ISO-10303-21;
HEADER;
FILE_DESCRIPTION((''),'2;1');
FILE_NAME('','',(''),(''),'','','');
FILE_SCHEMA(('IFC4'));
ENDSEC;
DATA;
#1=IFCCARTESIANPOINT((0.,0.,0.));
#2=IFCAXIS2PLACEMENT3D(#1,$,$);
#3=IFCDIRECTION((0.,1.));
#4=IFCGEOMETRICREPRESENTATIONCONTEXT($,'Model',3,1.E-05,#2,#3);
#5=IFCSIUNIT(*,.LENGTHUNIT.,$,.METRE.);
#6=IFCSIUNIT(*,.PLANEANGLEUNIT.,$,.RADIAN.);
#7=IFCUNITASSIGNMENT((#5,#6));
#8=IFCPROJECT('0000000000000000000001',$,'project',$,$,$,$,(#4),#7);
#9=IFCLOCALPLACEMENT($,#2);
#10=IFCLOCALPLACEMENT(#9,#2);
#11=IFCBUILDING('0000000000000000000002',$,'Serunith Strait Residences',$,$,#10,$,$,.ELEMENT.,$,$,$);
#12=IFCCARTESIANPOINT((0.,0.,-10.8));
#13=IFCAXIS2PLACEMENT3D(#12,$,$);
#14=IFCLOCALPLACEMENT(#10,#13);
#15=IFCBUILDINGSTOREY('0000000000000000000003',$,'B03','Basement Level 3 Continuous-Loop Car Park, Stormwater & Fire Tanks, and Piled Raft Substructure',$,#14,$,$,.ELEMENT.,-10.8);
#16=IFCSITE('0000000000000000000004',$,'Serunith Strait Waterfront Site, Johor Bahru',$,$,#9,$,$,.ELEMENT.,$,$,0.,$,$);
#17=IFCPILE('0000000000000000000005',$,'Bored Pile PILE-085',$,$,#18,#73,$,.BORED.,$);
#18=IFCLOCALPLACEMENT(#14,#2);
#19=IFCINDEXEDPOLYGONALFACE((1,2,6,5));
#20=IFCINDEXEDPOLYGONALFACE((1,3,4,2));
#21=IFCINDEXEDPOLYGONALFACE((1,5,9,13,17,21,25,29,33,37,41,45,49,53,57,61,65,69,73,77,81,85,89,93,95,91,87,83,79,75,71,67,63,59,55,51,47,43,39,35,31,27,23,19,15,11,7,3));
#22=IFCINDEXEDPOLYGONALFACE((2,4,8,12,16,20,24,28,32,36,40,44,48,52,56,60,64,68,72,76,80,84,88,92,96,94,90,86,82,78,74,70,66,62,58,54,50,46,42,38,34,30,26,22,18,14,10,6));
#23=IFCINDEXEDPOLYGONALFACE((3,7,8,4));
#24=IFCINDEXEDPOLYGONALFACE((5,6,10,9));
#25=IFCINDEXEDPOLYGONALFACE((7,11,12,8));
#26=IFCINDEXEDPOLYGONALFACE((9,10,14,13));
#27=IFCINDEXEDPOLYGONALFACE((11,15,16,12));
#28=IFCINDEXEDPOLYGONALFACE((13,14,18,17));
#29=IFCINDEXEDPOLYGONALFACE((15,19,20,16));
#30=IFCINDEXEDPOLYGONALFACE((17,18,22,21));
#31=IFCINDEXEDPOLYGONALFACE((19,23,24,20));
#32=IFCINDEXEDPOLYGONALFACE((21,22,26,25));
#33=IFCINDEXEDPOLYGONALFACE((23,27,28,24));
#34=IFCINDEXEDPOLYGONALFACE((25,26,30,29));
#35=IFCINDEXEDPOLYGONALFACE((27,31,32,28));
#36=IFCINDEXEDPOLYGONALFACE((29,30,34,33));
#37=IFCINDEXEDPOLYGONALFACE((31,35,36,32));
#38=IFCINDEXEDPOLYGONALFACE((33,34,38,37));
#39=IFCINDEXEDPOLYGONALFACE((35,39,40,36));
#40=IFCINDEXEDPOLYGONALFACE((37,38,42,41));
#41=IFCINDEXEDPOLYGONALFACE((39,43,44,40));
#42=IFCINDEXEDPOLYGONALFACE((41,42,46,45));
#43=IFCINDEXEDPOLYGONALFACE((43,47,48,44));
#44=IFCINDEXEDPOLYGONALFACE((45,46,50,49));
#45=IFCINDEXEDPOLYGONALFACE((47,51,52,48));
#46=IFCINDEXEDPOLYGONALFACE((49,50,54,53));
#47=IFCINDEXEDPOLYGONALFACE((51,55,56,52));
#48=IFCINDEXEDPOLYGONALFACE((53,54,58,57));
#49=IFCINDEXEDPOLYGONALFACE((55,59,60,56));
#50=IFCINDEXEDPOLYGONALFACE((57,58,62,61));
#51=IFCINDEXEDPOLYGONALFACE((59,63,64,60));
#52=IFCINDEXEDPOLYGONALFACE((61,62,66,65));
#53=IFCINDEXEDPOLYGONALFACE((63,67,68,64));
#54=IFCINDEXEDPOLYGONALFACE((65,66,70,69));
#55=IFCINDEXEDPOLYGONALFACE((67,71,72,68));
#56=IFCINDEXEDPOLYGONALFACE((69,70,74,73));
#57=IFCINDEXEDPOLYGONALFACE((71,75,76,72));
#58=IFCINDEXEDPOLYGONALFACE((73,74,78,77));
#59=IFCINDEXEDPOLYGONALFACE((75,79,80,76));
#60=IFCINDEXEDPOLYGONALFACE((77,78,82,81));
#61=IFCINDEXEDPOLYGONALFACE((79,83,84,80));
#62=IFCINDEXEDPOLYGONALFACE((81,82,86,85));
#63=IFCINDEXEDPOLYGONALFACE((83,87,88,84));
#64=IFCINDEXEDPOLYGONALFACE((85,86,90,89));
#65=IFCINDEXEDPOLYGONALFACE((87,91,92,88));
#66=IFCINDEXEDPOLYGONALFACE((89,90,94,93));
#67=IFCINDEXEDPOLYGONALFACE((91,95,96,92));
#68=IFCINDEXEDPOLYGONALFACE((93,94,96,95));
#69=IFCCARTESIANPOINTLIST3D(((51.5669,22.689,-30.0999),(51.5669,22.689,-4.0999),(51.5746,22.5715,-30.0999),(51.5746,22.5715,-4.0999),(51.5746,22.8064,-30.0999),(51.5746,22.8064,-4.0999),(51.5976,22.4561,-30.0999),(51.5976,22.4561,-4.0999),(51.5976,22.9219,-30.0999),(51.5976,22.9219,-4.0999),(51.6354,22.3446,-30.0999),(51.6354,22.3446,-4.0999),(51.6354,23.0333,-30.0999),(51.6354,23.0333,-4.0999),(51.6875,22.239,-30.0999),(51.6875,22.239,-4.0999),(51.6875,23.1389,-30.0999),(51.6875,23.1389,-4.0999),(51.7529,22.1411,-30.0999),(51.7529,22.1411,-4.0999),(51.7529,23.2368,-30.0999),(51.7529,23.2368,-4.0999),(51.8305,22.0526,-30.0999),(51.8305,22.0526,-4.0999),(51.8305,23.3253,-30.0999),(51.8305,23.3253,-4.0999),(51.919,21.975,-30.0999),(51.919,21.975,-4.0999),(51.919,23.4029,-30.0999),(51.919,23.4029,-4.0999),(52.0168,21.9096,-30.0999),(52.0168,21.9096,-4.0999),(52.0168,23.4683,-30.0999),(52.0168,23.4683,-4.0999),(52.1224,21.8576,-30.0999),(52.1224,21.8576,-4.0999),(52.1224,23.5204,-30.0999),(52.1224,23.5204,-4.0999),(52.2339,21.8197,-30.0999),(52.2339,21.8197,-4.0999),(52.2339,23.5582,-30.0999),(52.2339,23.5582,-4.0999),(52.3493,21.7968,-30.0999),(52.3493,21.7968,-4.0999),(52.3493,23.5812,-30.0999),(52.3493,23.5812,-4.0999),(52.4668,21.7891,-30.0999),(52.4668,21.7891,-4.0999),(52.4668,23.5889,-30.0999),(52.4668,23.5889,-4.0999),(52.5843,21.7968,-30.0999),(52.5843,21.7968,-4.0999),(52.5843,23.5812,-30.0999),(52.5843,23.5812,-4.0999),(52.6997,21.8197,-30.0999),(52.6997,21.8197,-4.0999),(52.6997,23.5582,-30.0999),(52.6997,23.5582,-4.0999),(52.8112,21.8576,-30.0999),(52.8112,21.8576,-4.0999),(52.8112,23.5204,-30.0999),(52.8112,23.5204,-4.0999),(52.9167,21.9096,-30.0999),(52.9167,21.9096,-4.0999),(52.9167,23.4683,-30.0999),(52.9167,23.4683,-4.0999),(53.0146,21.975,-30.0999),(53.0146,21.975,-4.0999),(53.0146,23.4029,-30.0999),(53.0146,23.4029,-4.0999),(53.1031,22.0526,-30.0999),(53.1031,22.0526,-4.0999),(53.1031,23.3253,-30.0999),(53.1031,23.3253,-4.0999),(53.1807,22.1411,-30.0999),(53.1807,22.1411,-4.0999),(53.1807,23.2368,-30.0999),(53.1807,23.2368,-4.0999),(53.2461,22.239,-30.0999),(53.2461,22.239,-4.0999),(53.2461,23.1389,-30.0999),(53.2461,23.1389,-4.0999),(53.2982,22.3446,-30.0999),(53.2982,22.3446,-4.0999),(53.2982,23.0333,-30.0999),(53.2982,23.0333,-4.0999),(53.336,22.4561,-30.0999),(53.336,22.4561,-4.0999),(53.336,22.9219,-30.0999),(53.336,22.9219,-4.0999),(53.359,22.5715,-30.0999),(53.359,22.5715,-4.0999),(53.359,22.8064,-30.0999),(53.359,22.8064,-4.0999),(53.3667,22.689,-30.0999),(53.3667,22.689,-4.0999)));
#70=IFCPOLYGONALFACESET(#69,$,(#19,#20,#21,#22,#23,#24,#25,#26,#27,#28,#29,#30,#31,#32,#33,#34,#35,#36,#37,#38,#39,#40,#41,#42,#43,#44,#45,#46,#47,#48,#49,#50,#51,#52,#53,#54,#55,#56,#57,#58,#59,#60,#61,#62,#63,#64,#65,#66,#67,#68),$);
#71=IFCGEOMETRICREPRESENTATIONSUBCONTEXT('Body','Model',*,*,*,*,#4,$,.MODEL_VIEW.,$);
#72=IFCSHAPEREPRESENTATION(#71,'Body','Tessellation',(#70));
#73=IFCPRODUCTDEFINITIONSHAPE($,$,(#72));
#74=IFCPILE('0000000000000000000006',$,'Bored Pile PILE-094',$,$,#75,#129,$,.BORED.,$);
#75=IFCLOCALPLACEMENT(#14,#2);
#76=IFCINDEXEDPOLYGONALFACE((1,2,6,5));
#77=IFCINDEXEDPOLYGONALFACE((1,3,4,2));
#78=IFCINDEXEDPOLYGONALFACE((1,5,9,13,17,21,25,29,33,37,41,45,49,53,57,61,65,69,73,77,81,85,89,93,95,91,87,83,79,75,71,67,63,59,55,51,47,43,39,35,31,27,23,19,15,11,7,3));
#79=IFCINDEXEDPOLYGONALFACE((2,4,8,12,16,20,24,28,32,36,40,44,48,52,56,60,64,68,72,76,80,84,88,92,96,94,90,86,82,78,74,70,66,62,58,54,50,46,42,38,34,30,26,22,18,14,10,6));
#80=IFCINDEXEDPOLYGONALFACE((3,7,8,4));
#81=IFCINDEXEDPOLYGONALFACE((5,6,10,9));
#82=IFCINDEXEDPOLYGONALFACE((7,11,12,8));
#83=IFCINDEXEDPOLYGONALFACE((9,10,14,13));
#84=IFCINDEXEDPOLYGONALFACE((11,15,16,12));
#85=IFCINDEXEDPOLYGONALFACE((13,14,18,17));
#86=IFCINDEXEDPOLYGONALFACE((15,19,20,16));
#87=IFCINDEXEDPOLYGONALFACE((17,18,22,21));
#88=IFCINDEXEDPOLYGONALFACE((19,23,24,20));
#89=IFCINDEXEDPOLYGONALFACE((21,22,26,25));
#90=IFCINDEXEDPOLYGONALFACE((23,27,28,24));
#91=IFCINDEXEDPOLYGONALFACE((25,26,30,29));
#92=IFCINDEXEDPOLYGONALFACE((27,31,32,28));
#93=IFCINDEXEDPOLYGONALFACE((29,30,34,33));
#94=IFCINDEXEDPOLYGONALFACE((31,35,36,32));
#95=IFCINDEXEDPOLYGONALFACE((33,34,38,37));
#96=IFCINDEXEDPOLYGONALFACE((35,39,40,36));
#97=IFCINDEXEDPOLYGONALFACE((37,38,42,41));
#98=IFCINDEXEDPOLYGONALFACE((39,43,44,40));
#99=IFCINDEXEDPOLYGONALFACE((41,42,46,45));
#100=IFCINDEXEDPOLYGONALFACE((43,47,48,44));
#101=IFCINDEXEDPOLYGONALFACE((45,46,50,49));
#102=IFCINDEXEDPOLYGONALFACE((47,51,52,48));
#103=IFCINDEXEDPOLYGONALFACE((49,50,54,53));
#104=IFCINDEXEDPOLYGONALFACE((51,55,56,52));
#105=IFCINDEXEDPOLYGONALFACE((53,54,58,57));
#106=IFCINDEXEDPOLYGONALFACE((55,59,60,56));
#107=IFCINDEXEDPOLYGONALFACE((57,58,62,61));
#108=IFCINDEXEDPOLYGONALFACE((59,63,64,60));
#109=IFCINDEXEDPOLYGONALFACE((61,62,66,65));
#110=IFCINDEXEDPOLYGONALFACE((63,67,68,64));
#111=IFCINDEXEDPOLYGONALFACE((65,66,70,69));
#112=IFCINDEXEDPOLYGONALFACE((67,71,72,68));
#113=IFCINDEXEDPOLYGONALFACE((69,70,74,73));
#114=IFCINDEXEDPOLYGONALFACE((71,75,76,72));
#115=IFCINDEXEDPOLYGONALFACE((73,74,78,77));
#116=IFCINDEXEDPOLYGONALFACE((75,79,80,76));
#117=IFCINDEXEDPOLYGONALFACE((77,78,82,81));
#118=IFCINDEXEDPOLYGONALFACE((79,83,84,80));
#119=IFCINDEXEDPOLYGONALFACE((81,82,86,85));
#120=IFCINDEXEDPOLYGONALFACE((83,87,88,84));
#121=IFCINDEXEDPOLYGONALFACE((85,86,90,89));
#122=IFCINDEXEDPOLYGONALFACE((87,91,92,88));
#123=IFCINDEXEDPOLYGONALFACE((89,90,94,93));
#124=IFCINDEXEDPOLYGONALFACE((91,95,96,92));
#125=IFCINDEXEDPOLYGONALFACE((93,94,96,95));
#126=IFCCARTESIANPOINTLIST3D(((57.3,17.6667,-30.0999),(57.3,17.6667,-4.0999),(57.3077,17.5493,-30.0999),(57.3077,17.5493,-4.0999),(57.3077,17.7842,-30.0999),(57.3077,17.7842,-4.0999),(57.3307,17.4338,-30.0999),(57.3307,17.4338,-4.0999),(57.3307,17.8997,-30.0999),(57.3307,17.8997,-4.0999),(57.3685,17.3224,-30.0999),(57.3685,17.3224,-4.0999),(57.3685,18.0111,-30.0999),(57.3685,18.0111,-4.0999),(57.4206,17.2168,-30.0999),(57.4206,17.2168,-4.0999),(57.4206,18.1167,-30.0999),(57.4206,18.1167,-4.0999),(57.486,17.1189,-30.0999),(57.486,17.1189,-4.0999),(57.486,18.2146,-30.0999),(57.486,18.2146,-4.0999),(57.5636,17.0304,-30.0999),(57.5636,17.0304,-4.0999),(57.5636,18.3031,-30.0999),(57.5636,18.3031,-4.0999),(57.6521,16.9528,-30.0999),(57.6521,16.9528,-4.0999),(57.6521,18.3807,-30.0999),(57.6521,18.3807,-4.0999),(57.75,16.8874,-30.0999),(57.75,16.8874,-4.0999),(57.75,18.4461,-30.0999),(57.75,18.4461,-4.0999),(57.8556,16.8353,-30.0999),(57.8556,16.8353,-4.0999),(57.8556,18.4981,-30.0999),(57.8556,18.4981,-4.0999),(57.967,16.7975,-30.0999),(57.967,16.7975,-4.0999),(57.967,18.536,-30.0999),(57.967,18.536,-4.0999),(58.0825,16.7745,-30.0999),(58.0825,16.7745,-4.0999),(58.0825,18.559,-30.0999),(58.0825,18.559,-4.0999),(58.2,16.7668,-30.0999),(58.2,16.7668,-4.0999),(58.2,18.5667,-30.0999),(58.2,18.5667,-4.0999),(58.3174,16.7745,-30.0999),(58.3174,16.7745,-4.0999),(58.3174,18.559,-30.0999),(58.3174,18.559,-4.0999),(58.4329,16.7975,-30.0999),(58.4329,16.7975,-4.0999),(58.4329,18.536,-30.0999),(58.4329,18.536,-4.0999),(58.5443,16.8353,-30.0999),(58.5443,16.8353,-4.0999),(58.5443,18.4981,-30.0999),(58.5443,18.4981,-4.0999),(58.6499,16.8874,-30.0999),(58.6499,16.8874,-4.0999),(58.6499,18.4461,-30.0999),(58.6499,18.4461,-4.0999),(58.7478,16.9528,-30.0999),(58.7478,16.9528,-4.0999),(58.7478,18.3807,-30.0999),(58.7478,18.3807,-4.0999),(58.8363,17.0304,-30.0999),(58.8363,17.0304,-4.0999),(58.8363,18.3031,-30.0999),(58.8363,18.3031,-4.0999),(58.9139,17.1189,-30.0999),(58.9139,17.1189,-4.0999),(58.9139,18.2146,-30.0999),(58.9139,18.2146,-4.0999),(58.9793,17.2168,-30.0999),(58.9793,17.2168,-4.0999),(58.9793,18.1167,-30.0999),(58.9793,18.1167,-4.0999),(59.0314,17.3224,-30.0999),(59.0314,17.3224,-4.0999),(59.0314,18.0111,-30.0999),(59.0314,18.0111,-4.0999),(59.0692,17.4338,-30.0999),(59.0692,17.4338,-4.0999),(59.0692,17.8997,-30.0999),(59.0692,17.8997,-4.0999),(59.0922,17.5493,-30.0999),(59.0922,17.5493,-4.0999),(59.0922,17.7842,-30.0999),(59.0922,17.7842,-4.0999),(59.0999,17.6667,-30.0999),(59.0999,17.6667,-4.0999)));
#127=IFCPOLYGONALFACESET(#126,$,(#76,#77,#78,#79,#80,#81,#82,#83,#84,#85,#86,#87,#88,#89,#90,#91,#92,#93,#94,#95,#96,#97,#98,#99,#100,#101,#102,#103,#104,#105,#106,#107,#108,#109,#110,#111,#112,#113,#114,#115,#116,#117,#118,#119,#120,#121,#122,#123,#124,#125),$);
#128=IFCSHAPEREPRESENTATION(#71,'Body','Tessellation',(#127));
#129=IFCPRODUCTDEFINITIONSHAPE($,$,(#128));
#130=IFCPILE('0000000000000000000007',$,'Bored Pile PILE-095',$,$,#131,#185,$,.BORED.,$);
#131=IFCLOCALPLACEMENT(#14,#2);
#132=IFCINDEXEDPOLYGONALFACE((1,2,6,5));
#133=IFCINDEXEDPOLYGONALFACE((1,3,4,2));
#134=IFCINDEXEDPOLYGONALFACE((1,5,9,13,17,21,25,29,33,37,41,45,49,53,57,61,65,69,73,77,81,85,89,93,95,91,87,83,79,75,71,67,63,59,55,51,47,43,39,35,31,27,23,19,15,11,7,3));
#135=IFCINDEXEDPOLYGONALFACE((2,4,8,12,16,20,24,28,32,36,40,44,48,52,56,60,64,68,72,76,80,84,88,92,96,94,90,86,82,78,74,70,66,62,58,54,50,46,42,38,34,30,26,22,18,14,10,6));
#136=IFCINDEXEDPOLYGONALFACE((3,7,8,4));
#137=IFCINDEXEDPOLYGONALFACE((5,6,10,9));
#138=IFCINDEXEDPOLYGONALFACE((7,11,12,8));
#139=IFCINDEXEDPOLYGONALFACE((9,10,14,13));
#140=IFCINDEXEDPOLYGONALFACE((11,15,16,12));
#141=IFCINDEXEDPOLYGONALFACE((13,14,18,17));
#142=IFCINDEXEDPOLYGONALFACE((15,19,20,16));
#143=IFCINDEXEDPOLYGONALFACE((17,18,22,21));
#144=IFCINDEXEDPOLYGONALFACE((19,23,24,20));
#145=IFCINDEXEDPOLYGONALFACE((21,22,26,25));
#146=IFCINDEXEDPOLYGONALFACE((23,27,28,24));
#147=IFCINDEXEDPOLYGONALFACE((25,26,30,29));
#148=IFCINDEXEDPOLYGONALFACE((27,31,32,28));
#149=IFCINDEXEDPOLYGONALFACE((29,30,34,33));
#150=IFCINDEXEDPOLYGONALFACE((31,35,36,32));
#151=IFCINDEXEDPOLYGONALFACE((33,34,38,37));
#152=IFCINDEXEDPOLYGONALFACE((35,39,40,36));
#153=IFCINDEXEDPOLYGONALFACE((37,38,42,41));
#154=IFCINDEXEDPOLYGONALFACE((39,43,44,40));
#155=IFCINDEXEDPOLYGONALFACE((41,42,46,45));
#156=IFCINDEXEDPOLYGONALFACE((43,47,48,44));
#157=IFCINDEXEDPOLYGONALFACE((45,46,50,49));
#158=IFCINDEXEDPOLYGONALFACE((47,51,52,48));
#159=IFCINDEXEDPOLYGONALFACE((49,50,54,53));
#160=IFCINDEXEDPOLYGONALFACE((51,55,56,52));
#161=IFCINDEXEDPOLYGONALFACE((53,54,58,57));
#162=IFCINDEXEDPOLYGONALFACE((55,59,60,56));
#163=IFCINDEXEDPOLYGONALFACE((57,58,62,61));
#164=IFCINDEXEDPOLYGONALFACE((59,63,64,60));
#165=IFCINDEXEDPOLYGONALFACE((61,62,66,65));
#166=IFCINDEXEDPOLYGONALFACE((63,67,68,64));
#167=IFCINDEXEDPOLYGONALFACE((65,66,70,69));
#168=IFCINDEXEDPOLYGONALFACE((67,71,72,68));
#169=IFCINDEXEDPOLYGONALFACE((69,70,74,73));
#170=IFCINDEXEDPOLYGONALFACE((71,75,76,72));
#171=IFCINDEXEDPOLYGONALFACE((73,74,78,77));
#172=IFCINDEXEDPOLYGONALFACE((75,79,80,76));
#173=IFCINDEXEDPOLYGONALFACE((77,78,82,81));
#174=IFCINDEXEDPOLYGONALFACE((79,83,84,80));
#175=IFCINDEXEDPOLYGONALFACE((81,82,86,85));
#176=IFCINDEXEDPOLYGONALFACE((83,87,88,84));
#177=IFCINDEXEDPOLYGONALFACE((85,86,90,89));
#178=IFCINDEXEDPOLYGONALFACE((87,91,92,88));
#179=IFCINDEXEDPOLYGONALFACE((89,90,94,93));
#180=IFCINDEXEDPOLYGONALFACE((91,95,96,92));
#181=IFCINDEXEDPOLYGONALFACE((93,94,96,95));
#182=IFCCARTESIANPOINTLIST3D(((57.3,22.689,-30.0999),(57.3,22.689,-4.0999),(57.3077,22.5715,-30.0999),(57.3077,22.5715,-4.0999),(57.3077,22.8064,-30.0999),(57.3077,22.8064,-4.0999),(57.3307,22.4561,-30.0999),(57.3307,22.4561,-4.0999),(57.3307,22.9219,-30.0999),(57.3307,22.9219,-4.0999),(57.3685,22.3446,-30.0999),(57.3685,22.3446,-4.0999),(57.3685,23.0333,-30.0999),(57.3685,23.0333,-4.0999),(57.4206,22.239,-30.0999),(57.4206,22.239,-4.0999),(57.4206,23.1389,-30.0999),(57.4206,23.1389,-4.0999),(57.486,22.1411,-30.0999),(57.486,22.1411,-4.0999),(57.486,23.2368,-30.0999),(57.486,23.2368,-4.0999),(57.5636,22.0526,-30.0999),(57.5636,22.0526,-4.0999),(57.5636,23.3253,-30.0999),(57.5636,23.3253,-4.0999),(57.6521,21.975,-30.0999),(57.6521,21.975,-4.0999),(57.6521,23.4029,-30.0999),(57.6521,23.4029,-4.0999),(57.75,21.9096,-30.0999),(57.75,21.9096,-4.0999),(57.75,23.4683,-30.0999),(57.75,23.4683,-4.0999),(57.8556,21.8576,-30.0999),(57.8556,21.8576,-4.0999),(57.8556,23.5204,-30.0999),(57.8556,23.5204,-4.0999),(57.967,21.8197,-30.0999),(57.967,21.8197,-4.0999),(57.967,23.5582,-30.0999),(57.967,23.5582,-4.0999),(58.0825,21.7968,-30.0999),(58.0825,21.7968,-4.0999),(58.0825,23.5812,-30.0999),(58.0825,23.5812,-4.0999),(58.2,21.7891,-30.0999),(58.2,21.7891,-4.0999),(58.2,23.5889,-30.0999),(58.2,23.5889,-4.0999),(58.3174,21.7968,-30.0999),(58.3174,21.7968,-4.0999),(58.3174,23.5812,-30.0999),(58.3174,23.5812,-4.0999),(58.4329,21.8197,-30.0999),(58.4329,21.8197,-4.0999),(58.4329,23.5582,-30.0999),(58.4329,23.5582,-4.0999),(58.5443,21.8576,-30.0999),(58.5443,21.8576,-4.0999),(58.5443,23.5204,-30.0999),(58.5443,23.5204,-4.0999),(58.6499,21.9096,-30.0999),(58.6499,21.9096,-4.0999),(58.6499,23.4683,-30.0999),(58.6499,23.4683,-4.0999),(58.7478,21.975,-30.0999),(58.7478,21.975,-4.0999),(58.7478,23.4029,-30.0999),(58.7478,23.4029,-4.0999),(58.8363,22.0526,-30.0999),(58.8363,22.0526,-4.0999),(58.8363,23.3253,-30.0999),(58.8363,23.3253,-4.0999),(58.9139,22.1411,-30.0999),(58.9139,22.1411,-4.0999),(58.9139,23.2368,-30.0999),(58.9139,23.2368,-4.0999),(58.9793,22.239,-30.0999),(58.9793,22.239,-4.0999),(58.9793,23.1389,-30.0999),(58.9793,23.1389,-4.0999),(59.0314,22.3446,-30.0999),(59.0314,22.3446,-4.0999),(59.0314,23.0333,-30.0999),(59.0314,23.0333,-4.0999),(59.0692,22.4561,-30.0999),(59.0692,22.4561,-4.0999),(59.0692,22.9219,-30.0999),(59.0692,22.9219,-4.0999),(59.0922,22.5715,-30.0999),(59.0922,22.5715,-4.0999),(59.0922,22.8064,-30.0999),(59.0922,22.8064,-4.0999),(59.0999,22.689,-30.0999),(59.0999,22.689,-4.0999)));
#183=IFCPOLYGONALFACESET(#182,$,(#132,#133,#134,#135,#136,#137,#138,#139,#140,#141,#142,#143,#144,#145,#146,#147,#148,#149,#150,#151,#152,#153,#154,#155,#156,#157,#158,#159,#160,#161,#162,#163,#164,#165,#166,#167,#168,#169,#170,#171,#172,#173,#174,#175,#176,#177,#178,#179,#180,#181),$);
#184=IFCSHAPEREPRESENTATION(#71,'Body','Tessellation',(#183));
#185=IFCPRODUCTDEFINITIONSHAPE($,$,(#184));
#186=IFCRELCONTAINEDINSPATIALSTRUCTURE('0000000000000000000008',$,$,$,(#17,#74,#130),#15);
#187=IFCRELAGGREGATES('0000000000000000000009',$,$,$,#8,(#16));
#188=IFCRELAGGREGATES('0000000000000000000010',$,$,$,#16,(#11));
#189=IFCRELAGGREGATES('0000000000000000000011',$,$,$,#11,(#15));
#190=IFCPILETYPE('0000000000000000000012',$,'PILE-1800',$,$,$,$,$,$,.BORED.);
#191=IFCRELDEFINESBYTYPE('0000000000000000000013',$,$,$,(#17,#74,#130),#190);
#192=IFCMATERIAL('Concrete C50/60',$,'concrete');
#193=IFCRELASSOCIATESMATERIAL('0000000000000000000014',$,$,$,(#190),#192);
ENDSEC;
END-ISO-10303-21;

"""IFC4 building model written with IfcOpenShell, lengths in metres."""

from ifc_helpers import new_model, si_unit, direction, frame, origin, origin_2d, place, context, subcontext, project, spatial, circle, extrude, source, transform, mapped, material, material_profile, profile_set, type_object, element, save


model = new_model("IFC4")

# Units and contexts
model_context = context("Model", 3, precision=1e-05, world=origin(), true_north=direction((0.0, 1.0)))
body_context = subcontext(model_context, "Body", "Model", "MODEL_VIEW")
ifc_project = project(units=[si_unit("LENGTHUNIT", "METRE"), si_unit("PLANEANGLEUNIT", "RADIAN")], contexts=[model_context])

# Site, building, storey
site_placement = place(None, origin())
site = spatial("IfcSite", under=ifc_project, at=site_placement, Name="Serunith Strait Waterfront Site, Johor Bahru", CompositionType="ELEMENT", RefElevation=0.0)
building_placement = place(site_placement, origin())
building = spatial("IfcBuilding", under=site, at=building_placement, Name="Serunith Strait Residences", CompositionType="ELEMENT")
storey_placement = place(building_placement, frame((0.0, 0.0, -10.8)))
storey = spatial("IfcBuildingStorey", under=building, at=storey_placement, Name="B03", Description="Basement Level 3 Continuous-Loop Car Park, Stormwater & Fire Tanks, and Piled Raft Substructure", CompositionType="ELEMENT", Elevation=-10.8)

# Shared definitions
ifc_material_1 = material(Name="Concrete C50/60", Category="concrete")

# Piles
ifc_material_profile_1 = material_profile(ifc_material_1, circle(Radius=0.8999, at=origin_2d()), Name="PILE D1800")
ifc_profile_set_1 = profile_set([ifc_material_profile_1], Name="Concrete C50/60")
pile_type_1 = type_object("IfcPileType", Name="PILE-1800", PredefinedType="BORED", material=ifc_profile_set_1)
shared_shape_1 = source(origin(), body_context, "Body", "SweptSolid", [
    extrude(circle(Radius=0.8999, at=origin_2d()), origin(), (0.0, 0.0, 1.0), 26.0),
])
for number, where, z_axis, x_axis, name in (
    (1, (52.4668, 22.689, -4.0999), (0.0, 0.0, -1.0), (1.0, 0.0, 0.0), "Bored Pile PILE-085"),
    (2, (58.2, 17.6667, -4.0999), (0.0, 0.0, -1.0), (1.0, 0.0, 0.0), "Bored Pile PILE-094"),
    (3, (58.2, 22.689, -4.0999), (0.0, 0.0, -1.0), (1.0, 0.0, 0.0), "Bored Pile PILE-095"),
):
    element("IfcPile", number, at=place(storey_placement, frame(where, z_axis=z_axis, x_axis=x_axis)), inside=storey, type_object=pile_type_1, Name=name, PredefinedType="BORED", context=body_context, shape_type="MappedRepresentation", body=[
        mapped(shared_shape_1, transform((0.0, 0.0, 0.0), scale=1.0)),
    ])

save(model, "model.ifc")
